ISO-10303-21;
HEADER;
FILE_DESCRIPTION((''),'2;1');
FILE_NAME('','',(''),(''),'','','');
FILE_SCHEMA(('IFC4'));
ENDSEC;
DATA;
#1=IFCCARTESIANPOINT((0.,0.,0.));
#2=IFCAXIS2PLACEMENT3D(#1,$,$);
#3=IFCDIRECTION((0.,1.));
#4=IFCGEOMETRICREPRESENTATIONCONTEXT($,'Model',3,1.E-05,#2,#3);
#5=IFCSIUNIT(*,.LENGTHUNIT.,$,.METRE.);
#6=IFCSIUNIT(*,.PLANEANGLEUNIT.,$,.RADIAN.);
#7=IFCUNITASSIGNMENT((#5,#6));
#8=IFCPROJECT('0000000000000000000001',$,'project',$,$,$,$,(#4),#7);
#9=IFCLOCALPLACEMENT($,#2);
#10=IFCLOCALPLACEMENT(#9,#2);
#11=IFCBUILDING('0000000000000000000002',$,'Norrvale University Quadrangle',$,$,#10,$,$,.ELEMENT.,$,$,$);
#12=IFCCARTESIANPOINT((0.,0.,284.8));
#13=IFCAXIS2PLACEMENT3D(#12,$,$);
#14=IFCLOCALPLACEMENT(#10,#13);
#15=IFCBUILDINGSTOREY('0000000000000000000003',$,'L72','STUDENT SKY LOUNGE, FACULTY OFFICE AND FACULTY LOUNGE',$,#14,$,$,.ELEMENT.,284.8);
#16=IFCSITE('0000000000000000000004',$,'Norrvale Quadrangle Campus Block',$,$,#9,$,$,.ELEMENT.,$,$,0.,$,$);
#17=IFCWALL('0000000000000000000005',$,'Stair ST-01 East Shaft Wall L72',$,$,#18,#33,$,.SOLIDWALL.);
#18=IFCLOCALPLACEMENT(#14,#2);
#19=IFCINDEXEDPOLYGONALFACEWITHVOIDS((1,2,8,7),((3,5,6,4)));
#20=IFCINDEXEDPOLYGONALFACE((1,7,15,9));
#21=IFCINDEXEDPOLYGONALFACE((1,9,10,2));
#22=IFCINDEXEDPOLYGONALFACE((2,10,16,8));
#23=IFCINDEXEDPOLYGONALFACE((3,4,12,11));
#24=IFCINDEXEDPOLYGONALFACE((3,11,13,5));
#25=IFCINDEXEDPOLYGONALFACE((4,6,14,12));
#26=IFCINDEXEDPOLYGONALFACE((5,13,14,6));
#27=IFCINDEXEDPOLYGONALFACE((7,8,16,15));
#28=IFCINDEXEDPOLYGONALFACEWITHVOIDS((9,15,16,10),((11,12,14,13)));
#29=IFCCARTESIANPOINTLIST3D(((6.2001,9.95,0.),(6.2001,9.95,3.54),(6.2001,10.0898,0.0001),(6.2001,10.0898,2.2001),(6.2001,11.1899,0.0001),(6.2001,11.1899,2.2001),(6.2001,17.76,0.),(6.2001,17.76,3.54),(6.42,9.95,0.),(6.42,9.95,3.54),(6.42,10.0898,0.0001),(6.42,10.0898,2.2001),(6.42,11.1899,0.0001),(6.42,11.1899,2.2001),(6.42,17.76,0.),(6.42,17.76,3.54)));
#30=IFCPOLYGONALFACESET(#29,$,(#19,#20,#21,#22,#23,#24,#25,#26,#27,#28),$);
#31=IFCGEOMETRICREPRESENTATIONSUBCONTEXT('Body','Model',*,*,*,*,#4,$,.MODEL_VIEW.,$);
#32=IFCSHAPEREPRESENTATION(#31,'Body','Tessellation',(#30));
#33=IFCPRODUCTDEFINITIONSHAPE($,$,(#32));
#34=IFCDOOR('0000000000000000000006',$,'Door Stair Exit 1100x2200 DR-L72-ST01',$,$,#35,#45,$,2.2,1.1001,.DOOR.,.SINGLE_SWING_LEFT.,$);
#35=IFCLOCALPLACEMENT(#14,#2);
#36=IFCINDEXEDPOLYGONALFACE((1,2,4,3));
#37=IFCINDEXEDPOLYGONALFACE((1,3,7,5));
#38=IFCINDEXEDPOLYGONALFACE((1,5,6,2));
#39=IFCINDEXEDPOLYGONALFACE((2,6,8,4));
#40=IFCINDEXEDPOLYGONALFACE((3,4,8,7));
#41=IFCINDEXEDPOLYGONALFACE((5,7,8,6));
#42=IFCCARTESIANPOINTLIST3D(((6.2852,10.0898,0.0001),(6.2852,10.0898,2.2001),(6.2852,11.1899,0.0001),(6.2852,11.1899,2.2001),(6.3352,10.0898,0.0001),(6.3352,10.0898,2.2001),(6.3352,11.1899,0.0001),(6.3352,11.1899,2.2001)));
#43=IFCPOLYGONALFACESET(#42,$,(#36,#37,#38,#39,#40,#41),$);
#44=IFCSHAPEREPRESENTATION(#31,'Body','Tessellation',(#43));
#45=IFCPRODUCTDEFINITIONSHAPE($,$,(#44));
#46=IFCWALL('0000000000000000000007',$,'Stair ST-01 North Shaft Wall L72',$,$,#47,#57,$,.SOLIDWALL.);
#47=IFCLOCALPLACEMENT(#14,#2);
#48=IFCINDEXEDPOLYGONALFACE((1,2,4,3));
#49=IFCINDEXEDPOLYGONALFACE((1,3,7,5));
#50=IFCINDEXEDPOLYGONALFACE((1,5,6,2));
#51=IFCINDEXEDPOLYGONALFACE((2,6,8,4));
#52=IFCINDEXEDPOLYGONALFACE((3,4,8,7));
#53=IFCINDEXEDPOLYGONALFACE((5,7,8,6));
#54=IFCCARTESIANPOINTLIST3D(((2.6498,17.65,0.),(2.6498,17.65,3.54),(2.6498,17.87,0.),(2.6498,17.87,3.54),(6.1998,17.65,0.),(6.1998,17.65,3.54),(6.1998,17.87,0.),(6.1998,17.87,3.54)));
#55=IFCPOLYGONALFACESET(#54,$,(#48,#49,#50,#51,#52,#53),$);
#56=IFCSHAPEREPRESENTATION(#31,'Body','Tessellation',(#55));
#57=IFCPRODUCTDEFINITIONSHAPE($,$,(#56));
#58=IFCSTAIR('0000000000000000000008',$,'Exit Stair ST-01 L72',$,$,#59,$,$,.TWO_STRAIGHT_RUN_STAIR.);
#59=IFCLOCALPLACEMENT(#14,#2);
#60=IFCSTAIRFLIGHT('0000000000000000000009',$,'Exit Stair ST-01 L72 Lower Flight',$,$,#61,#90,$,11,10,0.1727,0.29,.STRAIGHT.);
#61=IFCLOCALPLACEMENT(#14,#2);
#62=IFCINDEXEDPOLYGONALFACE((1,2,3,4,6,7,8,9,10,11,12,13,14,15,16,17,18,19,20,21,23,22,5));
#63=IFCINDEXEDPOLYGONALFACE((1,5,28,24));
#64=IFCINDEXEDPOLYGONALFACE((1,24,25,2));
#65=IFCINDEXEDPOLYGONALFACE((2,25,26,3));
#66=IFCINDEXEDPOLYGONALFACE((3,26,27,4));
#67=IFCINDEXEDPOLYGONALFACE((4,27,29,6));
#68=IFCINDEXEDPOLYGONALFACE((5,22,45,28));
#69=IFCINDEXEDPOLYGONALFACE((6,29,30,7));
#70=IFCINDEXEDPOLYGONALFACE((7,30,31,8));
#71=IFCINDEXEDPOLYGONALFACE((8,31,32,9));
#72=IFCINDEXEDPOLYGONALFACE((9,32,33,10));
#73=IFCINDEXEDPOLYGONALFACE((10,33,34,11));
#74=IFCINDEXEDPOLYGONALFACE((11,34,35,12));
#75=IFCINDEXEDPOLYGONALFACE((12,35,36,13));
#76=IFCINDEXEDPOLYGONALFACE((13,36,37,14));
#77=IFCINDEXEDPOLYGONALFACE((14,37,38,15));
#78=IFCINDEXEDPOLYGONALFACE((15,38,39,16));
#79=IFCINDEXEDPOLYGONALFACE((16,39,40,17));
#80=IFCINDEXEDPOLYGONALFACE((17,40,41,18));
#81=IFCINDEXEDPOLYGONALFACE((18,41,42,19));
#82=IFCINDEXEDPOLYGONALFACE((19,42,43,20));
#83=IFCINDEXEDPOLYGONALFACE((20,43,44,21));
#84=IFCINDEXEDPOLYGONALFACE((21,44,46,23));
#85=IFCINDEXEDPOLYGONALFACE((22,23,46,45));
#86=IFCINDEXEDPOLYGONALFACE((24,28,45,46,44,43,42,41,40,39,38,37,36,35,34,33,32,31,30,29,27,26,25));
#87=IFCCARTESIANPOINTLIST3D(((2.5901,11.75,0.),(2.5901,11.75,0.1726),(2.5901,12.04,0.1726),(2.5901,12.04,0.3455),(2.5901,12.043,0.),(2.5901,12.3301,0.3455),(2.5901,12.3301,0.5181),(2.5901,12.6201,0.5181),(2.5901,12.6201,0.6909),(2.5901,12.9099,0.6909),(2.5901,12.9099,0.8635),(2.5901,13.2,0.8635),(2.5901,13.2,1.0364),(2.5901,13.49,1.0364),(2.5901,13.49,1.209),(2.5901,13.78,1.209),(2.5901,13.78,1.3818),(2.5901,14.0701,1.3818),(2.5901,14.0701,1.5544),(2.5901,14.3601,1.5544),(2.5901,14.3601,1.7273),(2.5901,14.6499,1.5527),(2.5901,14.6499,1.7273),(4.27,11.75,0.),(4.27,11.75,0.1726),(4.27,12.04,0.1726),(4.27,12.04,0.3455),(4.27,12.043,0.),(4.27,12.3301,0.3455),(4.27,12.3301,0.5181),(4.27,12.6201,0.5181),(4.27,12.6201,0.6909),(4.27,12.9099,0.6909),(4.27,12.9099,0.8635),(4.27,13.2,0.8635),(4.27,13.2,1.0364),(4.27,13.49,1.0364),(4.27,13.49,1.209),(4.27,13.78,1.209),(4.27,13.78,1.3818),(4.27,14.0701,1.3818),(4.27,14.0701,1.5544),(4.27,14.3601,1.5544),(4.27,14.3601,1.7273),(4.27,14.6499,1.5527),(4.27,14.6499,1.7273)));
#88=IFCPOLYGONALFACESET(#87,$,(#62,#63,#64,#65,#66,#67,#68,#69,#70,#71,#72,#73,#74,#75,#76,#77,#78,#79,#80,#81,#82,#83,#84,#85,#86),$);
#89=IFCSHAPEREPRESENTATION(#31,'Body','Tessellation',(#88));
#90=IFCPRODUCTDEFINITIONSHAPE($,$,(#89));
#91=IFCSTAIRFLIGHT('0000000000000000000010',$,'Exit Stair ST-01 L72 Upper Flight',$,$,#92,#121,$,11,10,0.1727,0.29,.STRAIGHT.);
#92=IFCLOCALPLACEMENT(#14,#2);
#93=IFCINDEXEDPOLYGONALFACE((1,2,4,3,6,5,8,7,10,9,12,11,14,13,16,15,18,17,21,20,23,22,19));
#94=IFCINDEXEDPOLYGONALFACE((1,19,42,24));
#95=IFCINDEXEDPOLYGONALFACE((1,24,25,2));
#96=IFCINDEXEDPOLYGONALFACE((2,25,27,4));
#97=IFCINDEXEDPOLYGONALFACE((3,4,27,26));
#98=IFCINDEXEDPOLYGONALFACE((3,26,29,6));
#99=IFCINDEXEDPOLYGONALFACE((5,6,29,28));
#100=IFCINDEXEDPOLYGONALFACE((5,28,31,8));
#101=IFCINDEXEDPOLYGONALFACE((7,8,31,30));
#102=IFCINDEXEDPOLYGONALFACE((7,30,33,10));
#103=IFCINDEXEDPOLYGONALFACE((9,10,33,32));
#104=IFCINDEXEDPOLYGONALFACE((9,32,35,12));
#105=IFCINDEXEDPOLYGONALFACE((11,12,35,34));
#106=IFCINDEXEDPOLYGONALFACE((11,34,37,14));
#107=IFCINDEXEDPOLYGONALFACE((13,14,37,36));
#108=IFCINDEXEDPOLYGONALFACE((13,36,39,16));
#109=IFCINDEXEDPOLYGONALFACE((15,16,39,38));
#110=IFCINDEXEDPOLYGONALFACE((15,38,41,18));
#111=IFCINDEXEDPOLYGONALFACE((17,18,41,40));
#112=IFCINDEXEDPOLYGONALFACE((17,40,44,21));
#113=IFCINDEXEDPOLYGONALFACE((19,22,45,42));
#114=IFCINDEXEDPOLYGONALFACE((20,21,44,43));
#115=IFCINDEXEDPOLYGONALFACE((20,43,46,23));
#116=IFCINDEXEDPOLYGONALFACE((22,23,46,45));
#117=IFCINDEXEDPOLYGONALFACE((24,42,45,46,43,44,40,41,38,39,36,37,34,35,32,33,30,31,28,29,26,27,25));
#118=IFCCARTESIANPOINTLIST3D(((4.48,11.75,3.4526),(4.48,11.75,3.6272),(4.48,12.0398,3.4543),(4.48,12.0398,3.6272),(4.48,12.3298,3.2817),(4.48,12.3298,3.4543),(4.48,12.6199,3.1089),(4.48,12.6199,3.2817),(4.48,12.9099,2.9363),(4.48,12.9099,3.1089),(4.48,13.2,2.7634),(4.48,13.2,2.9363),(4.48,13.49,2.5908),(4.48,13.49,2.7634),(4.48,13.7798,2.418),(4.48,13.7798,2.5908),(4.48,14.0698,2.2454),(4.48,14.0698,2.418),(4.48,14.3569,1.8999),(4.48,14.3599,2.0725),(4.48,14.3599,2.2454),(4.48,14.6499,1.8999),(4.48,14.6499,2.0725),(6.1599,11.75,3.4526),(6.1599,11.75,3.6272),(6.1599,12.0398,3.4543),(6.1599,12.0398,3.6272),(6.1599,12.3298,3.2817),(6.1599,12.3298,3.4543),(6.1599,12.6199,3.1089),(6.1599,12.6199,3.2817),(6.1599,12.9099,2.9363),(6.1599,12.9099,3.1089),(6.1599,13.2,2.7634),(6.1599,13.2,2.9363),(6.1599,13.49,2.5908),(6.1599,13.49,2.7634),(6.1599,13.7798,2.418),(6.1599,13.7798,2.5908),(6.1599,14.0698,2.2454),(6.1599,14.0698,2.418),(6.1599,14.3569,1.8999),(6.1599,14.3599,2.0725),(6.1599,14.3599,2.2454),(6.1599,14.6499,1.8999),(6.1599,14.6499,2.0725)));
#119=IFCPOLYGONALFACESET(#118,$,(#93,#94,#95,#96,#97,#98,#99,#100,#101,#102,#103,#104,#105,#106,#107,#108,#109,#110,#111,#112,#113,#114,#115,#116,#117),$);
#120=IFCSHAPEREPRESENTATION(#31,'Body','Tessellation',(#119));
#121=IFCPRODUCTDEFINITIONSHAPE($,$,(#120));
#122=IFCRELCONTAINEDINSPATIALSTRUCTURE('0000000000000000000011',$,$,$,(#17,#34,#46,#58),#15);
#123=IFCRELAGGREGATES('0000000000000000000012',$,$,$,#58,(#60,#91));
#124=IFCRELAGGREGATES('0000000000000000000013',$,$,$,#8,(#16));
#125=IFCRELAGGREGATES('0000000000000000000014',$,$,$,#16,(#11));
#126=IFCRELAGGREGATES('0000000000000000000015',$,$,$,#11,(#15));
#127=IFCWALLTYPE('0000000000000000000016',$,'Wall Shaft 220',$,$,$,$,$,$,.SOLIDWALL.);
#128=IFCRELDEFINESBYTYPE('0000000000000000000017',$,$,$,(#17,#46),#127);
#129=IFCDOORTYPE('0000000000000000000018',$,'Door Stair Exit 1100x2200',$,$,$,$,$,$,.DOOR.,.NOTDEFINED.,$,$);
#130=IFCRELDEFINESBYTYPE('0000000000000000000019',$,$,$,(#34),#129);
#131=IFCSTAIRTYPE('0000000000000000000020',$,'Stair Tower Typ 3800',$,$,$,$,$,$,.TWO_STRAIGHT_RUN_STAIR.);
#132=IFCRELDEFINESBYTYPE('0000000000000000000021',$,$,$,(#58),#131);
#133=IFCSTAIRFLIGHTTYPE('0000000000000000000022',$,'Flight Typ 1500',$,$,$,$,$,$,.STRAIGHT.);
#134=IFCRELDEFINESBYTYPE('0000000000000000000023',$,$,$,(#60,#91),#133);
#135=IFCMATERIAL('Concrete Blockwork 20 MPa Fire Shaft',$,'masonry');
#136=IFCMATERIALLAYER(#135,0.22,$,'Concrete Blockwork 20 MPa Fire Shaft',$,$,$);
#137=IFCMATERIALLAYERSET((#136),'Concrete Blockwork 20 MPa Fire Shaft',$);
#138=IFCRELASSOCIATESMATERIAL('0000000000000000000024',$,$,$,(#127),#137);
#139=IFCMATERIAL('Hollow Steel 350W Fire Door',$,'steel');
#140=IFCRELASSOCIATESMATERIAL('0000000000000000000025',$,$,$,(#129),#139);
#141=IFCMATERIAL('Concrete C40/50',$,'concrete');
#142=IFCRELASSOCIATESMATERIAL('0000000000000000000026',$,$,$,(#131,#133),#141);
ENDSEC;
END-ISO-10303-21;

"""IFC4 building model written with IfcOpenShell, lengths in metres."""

from ifc_helpers import new_model, si_unit, direction, frame, frame_2d, origin, place, context, subcontext, project, spatial, polyline, rectangle, outline, extrude, material, layer, layer_set, type_object, element, fill, aggregate, save


model = new_model("IFC4")

# Units and contexts
model_context = context("Model", 3, precision=1e-05, world=origin(), true_north=direction((0.0, 1.0)))
body_context = subcontext(model_context, "Body", "Model", "MODEL_VIEW")
ifc_project = project(units=[si_unit("LENGTHUNIT", "METRE"), si_unit("PLANEANGLEUNIT", "RADIAN")], contexts=[model_context])

# Site, building, storey
site_placement = place(None, origin())
site = spatial("IfcSite", under=ifc_project, at=site_placement, Name="Norrvale Quadrangle Campus Block", CompositionType="ELEMENT", RefElevation=0.0)
building_placement = place(site_placement, origin())
building = spatial("IfcBuilding", under=site, at=building_placement, Name="Norrvale University Quadrangle", CompositionType="ELEMENT")
storey_placement = place(building_placement, frame((0.0, 0.0, 284.8)))
storey = spatial("IfcBuildingStorey", under=building, at=storey_placement, Name="L72", Description="STUDENT SKY LOUNGE, FACULTY OFFICE AND FACULTY LOUNGE", CompositionType="ELEMENT", Elevation=284.8)

# Wall, opening, door
ifc_material_1 = material(Name="Concrete Blockwork 20 MPa Fire Shaft", Category="masonry")
ifc_layer_1 = layer(ifc_material_1, 0.22, Name="Concrete Blockwork 20 MPa Fire Shaft")
ifc_layer_set_1 = layer_set([ifc_layer_1], Name="Concrete Blockwork 20 MPa Fire Shaft")
wall_type_1 = type_object("IfcWallType", Name="Wall Shaft 220", PredefinedType="SOLIDWALL", material=ifc_layer_set_1)
wall_1_placement = place(storey_placement, frame((6.3101, 9.95, 0.0), z_axis=(0.0, 0.0, 1.0), x_axis=(0.0, 1.0, 0.0)))
wall_1 = element("IfcWall", 1, at=wall_1_placement, inside=storey, type_object=wall_type_1, Name="Stair ST-01 East Shaft Wall L72", PredefinedType="SOLIDWALL", context=body_context, shape_type="SweptSolid", body=[
    extrude(rectangle(XDim=7.8101, YDim=0.22, at=frame_2d((3.905, 0.0))), origin(), (0.0, 0.0, 1.0), 3.54),
])
opening_placement = place(wall_1_placement, frame((0.1399, 0.0, 0.0)))
opening = element("IfcOpeningElement", 2, at=opening_placement, cuts=wall_1, PredefinedType="OPENING", context=body_context, shape_type="SweptSolid", body=[
    extrude(rectangle(XDim=1.1001, YDim=2.2, at=frame_2d((0.55, 1.1001))), frame((0.0, 0.1221, 0.0), z_axis=(0.0, -1.0, 0.0), x_axis=(1.0, 0.0, 0.0)), (0.0, 0.0, 1.0), 0.2439),
])
ifc_material_2 = material(Name="Hollow Steel 350W Fire Door", Category="steel")
door_type = type_object("IfcDoorType", Name="Door Stair Exit 1100x2200", OperationType="NOTDEFINED", PredefinedType="DOOR", material=ifc_material_2)
door_placement = place(opening_placement, origin())
door = element("IfcDoor", 3, at=door_placement, inside=storey, type_object=door_type, Name="Door Stair Exit 1100x2200 DR-L72-ST01", OperationType="SINGLE_SWING_LEFT", OverallHeight=2.2, OverallWidth=1.1001, PredefinedType="DOOR", context=body_context, shape_type="SweptSolid", body=[
    extrude(rectangle(XDim=1.1001, YDim=2.2, at=frame_2d((0.55, 1.1001))), frame((0.0, 0.0249, 0.0), z_axis=(0.0, -1.0, 0.0), x_axis=(1.0, 0.0, 0.0)), (0.0, 0.0, 1.0), 0.05),
])
fill(opening, door)

# Wall
wall_2_placement = place(storey_placement, frame((2.6499, 17.76, 0.0), z_axis=(0.0, 0.0, 1.0), x_axis=(1.0, 0.0, 0.0)))
element("IfcWall", 4, at=wall_2_placement, inside=storey, type_object=wall_type_1, Name="Stair ST-01 North Shaft Wall L72", PredefinedType="SOLIDWALL", context=body_context, shape_type="SweptSolid", body=[
    extrude(rectangle(XDim=3.55, YDim=0.22, at=frame_2d((1.7749, 0.0))), origin(), (0.0, 0.0, 1.0), 3.54),
])

# Stair, stair flights
ifc_material_3 = material(Name="Concrete C40/50", Category="concrete")
stair_type = type_object("IfcStairType", Name="Stair Tower Typ 3800", PredefinedType="TWO_STRAIGHT_RUN_STAIR", material=ifc_material_3)
stair_placement = place(storey_placement, origin())
stair = element("IfcStair", 5, at=stair_placement, inside=storey, type_object=stair_type, Name="Exit Stair ST-01 L72", PredefinedType="TWO_STRAIGHT_RUN_STAIR")
stair_flight_type = type_object("IfcStairFlightType", Name="Flight Typ 1500", PredefinedType="STRAIGHT", material=ifc_material_3)
stair_flight_1_placement = place(storey_placement, frame((3.4299, 11.75, 0.0), z_axis=(0.0, 0.0, 1.0), x_axis=(0.0, 1.0, 0.0)))
stair_flight_1 = element("IfcStairFlight", 6, at=stair_flight_1_placement, type_object=stair_flight_type, Name="Exit Stair ST-01 L72 Lower Flight", NumberOfRisers=11, NumberOfTreads=10, PredefinedType="STRAIGHT", RiserHeight=0.1727, TreadLength=0.29, context=body_context, shape_type="SweptSolid", body=[
    extrude(outline(polyline([(0.0, 0.0), (0.0, 0.1726), (0.29, 0.1726), (0.29, 0.3455), (0.5801, 0.3455), (0.5801, 0.5181), (0.8701, 0.5181), (0.8701, 0.6909), (1.1599, 0.6909), (1.1599, 0.8635), (1.45, 0.8635), (1.45, 1.0364), (1.74, 1.0364), (1.74, 1.209), (2.03, 1.209), (2.03, 1.3818), (2.3201, 1.3818), (2.3201, 1.5544), (2.6101, 1.5544), (2.6101, 1.7273), (2.8999, 1.7273), (2.8999, 1.8999), (2.8999, 1.5527), (0.293, 0.0), (0.0, 0.0)])), frame((0.0, 0.8398, 0.0), z_axis=(0.0, -1.0, 0.0), x_axis=(1.0, 0.0, 0.0)), (0.0, 0.0, 1.0), 1.6799),
])
stair_flight_2_placement = place(storey_placement, frame((5.3201, 14.6499, 1.8999), z_axis=(0.0, 0.0, 1.0), x_axis=(0.0, -1.0, 0.0)))
stair_flight_2 = element("IfcStairFlight", 7, at=stair_flight_2_placement, type_object=stair_flight_type, Name="Exit Stair ST-01 L72 Upper Flight", NumberOfRisers=11, NumberOfTreads=10, PredefinedType="STRAIGHT", RiserHeight=0.1727, TreadLength=0.29, context=body_context, shape_type="SweptSolid", body=[
    extrude(outline(polyline([(0.0, 0.0), (0.0, 0.1726), (0.29, 0.1726), (0.29, 0.3455), (0.5801, 0.3455), (0.5801, 0.5181), (0.8701, 0.5181), (0.8701, 0.6909), (1.1599, 0.6909), (1.1599, 0.8635), (1.45, 0.8635), (1.45, 1.0364), (1.74, 1.0364), (1.74, 1.209), (2.03, 1.209), (2.03, 1.3818), (2.3201, 1.3818), (2.3201, 1.5544), (2.6101, 1.5544), (2.6101, 1.7273), (2.8999, 1.7273), (2.8999, 1.8999), (2.8999, 1.5527), (0.293, 0.0), (0.0, 0.0)])), frame((0.0, 0.8398, 0.0), z_axis=(0.0, -1.0, 0.0), x_axis=(1.0, 0.0, 0.0)), (0.0, 0.0, 1.0), 1.6799),
])
aggregate(stair, [stair_flight_1, stair_flight_2])

save(model, "model.ifc")
